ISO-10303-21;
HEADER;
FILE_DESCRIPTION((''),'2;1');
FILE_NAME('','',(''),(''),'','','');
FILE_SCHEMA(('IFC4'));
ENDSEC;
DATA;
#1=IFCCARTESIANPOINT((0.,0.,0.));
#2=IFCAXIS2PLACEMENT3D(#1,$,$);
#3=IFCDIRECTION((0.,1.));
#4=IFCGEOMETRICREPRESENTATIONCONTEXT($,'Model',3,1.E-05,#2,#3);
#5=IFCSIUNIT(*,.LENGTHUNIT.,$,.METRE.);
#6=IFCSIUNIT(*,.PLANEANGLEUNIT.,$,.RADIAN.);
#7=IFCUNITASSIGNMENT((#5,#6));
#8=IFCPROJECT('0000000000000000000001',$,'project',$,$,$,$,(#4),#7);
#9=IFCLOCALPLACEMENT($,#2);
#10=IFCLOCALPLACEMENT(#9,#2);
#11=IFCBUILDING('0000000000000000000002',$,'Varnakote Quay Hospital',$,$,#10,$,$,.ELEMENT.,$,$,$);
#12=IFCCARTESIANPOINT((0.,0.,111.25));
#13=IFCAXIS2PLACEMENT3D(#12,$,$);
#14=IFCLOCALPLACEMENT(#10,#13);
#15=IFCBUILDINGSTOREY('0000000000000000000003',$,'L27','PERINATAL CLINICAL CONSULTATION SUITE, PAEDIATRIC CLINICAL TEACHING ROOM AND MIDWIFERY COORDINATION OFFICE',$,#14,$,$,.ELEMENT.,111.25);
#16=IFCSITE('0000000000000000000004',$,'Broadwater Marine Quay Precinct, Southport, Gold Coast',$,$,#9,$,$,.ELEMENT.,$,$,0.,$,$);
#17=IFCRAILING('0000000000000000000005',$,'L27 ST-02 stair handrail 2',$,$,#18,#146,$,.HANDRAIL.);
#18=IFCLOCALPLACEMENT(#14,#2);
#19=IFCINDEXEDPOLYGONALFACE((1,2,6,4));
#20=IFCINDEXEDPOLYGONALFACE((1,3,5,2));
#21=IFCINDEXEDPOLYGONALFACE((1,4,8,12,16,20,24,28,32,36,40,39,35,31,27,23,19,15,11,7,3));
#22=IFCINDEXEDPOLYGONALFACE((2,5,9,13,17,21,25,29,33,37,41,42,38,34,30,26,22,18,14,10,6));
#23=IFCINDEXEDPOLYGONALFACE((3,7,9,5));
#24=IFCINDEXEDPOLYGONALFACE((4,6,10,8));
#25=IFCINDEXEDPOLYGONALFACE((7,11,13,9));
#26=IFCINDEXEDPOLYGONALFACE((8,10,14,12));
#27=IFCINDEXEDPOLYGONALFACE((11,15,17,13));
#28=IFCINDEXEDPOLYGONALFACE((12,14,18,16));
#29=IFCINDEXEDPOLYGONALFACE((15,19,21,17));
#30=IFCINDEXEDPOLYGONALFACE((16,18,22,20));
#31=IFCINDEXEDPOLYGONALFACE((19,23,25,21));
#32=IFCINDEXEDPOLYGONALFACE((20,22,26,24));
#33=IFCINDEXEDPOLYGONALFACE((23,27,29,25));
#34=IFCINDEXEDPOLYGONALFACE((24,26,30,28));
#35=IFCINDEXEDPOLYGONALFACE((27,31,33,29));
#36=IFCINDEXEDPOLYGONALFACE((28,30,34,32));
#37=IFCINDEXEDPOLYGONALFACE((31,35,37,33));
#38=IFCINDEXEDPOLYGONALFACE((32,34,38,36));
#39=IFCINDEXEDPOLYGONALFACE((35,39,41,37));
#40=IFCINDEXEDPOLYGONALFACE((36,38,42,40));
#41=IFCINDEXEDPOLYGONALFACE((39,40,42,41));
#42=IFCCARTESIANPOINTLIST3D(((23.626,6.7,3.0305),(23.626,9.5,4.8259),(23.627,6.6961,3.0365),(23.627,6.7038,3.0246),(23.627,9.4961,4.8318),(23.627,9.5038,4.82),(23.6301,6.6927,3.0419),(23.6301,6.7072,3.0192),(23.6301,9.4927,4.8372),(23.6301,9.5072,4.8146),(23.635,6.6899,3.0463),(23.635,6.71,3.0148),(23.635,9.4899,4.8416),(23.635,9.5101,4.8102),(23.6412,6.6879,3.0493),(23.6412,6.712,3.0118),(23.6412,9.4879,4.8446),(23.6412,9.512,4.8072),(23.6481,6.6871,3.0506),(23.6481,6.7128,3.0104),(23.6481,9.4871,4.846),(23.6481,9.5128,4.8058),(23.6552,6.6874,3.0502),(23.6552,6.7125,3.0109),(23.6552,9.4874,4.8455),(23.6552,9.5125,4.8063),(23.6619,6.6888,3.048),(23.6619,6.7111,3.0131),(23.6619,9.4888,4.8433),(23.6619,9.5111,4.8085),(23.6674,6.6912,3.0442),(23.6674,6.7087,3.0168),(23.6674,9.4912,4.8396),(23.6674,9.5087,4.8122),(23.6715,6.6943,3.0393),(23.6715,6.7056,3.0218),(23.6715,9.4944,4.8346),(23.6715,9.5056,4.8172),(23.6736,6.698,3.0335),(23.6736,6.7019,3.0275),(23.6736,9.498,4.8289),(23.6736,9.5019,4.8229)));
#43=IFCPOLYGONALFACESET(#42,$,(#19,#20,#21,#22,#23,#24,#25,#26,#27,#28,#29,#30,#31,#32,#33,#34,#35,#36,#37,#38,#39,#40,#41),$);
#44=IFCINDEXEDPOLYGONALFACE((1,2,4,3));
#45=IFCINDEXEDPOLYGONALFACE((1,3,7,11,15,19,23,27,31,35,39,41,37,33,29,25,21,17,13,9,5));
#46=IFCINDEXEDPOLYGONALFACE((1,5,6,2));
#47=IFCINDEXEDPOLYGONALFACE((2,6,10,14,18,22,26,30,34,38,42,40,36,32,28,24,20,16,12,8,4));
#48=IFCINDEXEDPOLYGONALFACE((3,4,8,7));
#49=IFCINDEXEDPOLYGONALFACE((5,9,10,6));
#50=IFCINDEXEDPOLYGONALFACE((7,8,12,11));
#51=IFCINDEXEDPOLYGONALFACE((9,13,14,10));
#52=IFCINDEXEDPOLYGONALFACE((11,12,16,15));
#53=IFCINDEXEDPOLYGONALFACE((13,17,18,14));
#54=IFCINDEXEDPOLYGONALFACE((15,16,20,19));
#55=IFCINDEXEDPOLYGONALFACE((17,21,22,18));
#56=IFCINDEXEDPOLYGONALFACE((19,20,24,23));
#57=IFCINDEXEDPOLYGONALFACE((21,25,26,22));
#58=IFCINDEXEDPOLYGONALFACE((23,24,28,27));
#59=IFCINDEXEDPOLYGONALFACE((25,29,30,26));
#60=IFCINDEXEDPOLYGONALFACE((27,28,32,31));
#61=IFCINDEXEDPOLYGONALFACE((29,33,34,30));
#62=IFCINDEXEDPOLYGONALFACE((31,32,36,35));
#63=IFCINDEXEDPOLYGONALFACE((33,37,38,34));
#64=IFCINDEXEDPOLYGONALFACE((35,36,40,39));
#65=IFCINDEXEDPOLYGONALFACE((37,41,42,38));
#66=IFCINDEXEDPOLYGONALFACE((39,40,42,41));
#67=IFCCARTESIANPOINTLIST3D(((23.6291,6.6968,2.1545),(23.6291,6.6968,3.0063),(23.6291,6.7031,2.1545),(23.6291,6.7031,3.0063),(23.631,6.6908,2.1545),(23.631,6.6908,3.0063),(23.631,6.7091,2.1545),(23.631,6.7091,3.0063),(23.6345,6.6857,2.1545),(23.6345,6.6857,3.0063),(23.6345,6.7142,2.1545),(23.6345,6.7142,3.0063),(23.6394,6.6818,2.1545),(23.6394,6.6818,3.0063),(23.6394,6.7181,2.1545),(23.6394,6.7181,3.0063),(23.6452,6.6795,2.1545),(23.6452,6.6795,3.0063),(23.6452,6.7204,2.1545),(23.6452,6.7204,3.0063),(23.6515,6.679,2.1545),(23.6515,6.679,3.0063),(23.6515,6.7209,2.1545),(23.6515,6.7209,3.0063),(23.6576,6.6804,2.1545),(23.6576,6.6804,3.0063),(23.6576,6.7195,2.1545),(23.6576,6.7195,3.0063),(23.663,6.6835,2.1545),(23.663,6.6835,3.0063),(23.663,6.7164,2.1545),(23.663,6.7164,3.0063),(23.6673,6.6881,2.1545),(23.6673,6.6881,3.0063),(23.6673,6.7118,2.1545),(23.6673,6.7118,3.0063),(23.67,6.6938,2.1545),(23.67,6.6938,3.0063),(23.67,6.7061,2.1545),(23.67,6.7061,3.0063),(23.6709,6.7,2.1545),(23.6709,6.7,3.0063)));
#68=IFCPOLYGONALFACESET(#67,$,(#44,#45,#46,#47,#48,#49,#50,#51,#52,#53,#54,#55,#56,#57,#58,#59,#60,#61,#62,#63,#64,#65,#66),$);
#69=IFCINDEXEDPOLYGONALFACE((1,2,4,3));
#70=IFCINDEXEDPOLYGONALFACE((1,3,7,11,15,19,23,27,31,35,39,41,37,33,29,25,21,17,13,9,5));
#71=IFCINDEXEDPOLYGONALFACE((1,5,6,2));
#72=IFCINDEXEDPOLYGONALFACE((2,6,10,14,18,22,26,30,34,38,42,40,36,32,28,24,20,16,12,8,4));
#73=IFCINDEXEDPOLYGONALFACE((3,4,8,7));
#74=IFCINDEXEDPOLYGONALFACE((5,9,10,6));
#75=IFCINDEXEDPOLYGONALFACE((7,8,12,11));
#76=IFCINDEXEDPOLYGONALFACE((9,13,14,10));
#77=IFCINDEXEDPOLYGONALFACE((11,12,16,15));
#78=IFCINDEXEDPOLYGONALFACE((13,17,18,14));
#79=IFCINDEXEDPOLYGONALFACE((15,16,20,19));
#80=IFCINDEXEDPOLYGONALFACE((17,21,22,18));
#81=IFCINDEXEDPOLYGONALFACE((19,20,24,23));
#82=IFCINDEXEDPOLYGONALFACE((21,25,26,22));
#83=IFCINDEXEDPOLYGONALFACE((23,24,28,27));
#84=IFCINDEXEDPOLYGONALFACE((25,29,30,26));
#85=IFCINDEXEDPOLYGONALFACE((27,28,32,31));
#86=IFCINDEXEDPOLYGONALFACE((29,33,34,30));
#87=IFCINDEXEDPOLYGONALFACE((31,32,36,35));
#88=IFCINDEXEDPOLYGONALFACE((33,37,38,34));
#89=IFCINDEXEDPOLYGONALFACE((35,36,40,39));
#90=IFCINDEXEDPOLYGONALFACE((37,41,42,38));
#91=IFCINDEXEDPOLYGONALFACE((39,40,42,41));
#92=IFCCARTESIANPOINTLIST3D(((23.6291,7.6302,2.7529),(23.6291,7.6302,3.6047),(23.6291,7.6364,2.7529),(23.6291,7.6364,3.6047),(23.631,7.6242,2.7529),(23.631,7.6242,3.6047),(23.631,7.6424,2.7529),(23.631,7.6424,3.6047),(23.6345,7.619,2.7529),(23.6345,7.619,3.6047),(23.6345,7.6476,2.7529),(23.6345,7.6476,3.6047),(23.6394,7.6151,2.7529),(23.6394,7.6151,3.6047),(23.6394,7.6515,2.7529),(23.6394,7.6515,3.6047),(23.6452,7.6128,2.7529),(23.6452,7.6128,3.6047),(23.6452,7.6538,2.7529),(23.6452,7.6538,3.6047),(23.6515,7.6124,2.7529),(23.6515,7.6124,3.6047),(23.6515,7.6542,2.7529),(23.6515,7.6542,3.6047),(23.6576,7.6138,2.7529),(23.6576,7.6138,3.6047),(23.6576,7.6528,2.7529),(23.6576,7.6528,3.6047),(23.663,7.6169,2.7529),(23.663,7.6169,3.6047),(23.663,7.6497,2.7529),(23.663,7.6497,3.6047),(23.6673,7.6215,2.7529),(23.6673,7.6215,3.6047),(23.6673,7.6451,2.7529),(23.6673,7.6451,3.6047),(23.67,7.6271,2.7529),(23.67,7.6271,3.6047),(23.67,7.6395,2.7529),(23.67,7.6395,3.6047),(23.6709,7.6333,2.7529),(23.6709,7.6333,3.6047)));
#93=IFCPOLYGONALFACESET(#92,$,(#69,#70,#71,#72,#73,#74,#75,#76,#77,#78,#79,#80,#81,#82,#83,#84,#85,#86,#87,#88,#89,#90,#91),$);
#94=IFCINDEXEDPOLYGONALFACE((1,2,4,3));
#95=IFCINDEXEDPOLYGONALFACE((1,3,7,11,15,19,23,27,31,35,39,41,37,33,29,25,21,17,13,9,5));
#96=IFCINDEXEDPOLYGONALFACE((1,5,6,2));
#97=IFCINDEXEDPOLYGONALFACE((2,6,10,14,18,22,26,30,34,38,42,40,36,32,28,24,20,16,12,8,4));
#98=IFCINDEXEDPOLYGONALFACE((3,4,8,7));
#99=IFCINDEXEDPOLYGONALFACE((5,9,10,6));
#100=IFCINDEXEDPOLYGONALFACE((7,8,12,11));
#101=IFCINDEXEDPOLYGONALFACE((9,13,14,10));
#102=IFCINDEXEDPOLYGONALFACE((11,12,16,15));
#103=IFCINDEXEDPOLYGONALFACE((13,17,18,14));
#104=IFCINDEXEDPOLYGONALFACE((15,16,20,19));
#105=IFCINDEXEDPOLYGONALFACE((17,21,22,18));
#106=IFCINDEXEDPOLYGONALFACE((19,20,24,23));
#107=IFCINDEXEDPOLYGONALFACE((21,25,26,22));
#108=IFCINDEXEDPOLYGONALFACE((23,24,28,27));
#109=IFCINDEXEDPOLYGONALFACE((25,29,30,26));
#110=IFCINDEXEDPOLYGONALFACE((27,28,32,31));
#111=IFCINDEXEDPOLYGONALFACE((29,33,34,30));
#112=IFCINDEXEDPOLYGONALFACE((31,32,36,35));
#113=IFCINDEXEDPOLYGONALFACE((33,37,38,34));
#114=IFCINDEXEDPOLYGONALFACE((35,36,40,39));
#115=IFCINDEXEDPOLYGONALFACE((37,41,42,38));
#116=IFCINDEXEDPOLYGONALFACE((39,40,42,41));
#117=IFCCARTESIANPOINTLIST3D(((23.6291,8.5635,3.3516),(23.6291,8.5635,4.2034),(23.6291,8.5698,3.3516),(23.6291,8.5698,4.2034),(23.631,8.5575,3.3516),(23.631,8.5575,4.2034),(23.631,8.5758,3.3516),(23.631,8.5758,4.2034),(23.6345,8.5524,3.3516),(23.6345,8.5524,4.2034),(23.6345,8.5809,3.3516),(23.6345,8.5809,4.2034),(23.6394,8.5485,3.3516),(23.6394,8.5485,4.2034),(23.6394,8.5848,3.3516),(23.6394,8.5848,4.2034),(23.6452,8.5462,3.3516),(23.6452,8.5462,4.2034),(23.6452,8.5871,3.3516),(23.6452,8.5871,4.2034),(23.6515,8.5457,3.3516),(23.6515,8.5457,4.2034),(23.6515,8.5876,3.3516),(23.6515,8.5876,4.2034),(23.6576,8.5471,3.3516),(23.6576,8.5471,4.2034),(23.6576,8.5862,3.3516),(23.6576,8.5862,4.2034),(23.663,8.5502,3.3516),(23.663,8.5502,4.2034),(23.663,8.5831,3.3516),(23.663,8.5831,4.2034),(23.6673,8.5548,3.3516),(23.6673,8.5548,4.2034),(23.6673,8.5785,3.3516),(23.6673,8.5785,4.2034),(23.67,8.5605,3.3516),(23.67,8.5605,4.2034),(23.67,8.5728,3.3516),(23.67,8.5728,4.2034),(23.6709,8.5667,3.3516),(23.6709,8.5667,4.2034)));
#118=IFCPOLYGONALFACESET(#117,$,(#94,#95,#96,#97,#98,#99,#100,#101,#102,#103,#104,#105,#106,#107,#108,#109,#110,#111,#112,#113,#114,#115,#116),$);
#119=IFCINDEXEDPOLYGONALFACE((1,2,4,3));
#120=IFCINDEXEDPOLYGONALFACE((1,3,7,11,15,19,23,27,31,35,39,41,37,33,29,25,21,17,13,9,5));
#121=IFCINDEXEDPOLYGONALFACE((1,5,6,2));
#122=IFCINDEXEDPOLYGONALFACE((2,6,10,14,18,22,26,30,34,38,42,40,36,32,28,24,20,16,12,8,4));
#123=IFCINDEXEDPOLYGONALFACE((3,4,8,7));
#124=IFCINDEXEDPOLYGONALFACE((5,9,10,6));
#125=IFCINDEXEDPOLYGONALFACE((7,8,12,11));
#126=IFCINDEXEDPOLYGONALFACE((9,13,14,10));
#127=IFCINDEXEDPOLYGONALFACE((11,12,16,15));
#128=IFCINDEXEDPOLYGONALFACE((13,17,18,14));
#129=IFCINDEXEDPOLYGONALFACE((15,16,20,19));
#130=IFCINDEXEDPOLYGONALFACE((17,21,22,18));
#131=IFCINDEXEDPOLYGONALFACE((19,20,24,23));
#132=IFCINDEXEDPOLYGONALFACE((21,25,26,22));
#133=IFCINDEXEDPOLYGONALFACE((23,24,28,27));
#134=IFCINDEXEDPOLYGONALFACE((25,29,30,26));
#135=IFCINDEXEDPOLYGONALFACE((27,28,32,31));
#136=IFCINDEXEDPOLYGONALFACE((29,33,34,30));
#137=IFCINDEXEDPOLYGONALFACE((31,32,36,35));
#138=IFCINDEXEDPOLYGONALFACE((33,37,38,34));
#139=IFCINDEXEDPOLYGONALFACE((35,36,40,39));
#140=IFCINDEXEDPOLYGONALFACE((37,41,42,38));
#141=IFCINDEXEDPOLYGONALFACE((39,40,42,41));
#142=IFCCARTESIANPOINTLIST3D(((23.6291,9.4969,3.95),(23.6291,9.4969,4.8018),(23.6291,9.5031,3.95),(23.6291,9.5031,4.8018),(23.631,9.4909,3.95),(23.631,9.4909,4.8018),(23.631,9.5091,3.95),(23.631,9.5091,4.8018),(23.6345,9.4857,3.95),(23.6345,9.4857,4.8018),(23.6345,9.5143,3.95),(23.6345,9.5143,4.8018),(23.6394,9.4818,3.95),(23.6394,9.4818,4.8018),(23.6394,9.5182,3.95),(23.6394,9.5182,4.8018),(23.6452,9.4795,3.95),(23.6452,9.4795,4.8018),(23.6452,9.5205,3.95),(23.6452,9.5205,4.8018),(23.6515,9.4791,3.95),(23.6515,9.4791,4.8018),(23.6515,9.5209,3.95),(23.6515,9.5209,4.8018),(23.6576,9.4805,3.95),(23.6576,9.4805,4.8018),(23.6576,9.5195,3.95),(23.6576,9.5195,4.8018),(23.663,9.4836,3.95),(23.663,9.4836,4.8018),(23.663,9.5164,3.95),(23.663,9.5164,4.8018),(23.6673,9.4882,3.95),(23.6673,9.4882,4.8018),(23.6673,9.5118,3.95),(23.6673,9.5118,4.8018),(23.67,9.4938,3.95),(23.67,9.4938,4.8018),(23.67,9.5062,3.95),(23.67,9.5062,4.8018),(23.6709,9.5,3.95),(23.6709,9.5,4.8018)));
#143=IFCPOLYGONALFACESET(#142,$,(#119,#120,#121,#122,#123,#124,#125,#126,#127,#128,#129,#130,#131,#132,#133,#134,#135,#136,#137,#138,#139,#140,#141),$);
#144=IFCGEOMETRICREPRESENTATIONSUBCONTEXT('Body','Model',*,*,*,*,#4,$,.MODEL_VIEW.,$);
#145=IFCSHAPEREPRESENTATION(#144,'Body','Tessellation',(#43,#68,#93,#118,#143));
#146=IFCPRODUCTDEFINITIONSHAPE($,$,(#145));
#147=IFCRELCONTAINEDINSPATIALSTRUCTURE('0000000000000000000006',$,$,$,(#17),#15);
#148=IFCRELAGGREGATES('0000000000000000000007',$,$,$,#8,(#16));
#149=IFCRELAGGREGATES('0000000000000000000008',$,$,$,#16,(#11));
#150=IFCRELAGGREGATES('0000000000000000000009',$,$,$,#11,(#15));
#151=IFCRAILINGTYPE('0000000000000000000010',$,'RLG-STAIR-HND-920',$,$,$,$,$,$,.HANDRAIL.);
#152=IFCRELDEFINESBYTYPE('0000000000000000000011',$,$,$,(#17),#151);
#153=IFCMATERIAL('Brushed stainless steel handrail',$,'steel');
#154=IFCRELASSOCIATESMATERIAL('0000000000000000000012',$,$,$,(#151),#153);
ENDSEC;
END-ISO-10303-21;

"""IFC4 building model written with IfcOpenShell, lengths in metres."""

from ifc_helpers import new_model, si_unit, direction, frame, origin, origin_2d, place, context, subcontext, project, spatial, circle, extrude, material, type_object, element, save


model = new_model("IFC4")

# Units and contexts
model_context = context("Model", 3, precision=1e-05, world=origin(), true_north=direction((0.0, 1.0)))
body_context = subcontext(model_context, "Body", "Model", "MODEL_VIEW")
ifc_project = project(units=[si_unit("LENGTHUNIT", "METRE"), si_unit("PLANEANGLEUNIT", "RADIAN")], contexts=[model_context])

# Site, building, storey
site_placement = place(None, origin())
site = spatial("IfcSite", under=ifc_project, at=site_placement, Name="Broadwater Marine Quay Precinct, Southport, Gold Coast", CompositionType="ELEMENT", RefElevation=0.0)
building_placement = place(site_placement, origin())
building = spatial("IfcBuilding", under=site, at=building_placement, Name="Varnakote Quay Hospital", CompositionType="ELEMENT")
storey_placement = place(building_placement, frame((0.0, 0.0, 111.25)))
storey = spatial("IfcBuildingStorey", under=building, at=storey_placement, Name="L27", Description="PERINATAL CLINICAL CONSULTATION SUITE, PAEDIATRIC CLINICAL TEACHING ROOM AND MIDWIFERY COORDINATION OFFICE", CompositionType="ELEMENT", Elevation=111.25)

# Railing
ifc_material_1 = material(Name="Brushed stainless steel handrail", Category="steel")
railing_type_1 = type_object("IfcRailingType", Name="RLG-STAIR-HND-920", PredefinedType="HANDRAIL", material=ifc_material_1)
railing_1_placement = place(storey_placement, frame((23.6499, 6.7, 2.1545)))
element("IfcRailing", 1, at=railing_1_placement, inside=storey, type_object=railing_type_1, Name="L27 ST-02 stair handrail 2", PredefinedType="HANDRAIL", context=body_context, shape_type="SweptSolid", body=[
    extrude(circle(Radius=0.0239, at=origin_2d()), frame((0.0, 0.0, 0.876), z_axis=(0.0, 0.84181, 0.539774), x_axis=(-1.0, 0.0, 0.0)), (0.0, 0.0, 1.0), 3.3262),
    extrude(circle(Radius=0.021, at=origin_2d()), origin(), (0.0, 0.0, 1.0), 0.8518),
    extrude(circle(Radius=0.021, at=origin_2d()), frame((0.0, 0.9333, 0.5984)), (0.0, 0.0, 1.0), 0.8518),
    extrude(circle(Radius=0.021, at=origin_2d()), frame((0.0, 1.8667, 1.197)), (0.0, 0.0, 1.0), 0.8518),
    extrude(circle(Radius=0.021, at=origin_2d()), frame((0.0, 2.8, 1.7954)), (0.0, 0.0, 1.0), 0.8518),
])

save(model, "model.ifc")
